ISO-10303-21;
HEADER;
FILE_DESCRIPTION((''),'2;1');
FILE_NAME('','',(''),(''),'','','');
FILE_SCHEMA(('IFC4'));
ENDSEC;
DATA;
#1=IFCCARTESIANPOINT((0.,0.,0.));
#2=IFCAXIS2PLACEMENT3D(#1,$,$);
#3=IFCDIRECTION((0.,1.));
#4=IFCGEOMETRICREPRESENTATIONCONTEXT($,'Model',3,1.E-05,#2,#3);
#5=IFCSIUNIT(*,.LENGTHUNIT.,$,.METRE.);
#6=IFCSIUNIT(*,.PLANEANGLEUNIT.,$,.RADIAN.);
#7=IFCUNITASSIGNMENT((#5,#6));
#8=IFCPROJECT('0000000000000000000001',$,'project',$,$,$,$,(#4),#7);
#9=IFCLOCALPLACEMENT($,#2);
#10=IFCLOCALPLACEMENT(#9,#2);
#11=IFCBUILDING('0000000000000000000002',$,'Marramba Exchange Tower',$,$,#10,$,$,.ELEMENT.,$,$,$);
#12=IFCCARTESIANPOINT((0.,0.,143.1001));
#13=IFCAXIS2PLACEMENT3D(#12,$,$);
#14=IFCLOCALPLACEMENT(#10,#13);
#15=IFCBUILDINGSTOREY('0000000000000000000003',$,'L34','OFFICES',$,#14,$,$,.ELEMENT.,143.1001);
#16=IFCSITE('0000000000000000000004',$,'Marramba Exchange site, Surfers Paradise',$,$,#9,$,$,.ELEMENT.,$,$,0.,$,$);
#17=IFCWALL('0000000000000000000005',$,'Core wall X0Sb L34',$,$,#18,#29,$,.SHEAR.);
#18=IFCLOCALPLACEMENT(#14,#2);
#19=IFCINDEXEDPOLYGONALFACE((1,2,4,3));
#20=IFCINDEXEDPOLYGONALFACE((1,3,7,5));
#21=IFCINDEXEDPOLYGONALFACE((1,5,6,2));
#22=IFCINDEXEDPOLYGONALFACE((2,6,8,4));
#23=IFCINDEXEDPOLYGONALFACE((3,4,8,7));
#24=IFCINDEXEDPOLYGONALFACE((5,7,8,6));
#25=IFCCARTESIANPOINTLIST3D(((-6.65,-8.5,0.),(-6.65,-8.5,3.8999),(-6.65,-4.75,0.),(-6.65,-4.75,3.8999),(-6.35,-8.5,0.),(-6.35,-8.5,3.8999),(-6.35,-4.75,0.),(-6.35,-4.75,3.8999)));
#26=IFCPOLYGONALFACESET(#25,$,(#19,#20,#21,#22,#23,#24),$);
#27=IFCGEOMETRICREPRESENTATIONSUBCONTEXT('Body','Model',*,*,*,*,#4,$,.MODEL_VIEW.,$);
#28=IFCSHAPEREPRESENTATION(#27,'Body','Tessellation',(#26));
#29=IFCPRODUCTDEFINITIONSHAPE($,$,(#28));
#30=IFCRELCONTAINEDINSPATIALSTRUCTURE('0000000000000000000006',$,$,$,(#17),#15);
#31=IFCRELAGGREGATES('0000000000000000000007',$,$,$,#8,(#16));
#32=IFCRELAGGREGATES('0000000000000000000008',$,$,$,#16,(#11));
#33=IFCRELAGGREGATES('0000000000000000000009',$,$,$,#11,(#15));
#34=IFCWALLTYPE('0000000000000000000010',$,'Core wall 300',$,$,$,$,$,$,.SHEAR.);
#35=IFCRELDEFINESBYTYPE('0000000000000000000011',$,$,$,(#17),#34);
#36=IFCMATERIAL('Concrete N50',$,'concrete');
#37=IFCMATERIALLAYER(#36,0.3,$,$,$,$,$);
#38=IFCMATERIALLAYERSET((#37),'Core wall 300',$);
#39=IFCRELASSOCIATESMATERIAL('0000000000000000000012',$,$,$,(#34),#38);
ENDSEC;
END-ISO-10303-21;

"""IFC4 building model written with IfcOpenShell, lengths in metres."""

from ifc_helpers import new_model, si_unit, direction, frame, frame_2d, origin, place, context, subcontext, project, spatial, rectangle, extrude, material, layer, layer_set, type_object, element, save


model = new_model("IFC4")

# Units and contexts
model_context = context("Model", 3, precision=1e-05, world=origin(), true_north=direction((0.0, 1.0)))
body_context = subcontext(model_context, "Body", "Model", "MODEL_VIEW")
ifc_project = project(units=[si_unit("LENGTHUNIT", "METRE"), si_unit("PLANEANGLEUNIT", "RADIAN")], contexts=[model_context])

# Site, building, storey
site_placement = place(None, origin())
site = spatial("IfcSite", under=ifc_project, at=site_placement, Name="Marramba Exchange site, Surfers Paradise", CompositionType="ELEMENT", RefElevation=0.0)
building_placement = place(site_placement, origin())
building = spatial("IfcBuilding", under=site, at=building_placement, Name="Marramba Exchange Tower", CompositionType="ELEMENT")
storey_placement = place(building_placement, frame((0.0, 0.0, 143.1001)))
storey = spatial("IfcBuildingStorey", under=building, at=storey_placement, Name="L34", Description="OFFICES", CompositionType="ELEMENT", Elevation=143.1001)

# Shared definitions
ifc_material_1 = material(Name="Concrete N50", Category="concrete")
ifc_layer_1 = layer(ifc_material_1, 0.3)
ifc_layer_set_1 = layer_set([ifc_layer_1], Name="Core wall 300")
wall_type_1 = type_object("IfcWallType", Name="Core wall 300", PredefinedType="SHEAR", material=ifc_layer_set_1)

# Wall
wall_1_placement = place(storey_placement, frame((-6.5, -4.75, 0.0), z_axis=(0.0, 0.0, 1.0), x_axis=(0.0, -1.0, 0.0)))
element("IfcWall", 1, at=wall_1_placement, inside=storey, type_object=wall_type_1, Name="Core wall X0Sb L34", PredefinedType="SHEAR", context=body_context, shape_type="SweptSolid", body=[
    extrude(rectangle(XDim=3.75, YDim=0.3, at=frame_2d((1.875, 0.0))), origin(), (0.0, 0.0, 1.0), 3.8999),
])

save(model, "model.ifc")
